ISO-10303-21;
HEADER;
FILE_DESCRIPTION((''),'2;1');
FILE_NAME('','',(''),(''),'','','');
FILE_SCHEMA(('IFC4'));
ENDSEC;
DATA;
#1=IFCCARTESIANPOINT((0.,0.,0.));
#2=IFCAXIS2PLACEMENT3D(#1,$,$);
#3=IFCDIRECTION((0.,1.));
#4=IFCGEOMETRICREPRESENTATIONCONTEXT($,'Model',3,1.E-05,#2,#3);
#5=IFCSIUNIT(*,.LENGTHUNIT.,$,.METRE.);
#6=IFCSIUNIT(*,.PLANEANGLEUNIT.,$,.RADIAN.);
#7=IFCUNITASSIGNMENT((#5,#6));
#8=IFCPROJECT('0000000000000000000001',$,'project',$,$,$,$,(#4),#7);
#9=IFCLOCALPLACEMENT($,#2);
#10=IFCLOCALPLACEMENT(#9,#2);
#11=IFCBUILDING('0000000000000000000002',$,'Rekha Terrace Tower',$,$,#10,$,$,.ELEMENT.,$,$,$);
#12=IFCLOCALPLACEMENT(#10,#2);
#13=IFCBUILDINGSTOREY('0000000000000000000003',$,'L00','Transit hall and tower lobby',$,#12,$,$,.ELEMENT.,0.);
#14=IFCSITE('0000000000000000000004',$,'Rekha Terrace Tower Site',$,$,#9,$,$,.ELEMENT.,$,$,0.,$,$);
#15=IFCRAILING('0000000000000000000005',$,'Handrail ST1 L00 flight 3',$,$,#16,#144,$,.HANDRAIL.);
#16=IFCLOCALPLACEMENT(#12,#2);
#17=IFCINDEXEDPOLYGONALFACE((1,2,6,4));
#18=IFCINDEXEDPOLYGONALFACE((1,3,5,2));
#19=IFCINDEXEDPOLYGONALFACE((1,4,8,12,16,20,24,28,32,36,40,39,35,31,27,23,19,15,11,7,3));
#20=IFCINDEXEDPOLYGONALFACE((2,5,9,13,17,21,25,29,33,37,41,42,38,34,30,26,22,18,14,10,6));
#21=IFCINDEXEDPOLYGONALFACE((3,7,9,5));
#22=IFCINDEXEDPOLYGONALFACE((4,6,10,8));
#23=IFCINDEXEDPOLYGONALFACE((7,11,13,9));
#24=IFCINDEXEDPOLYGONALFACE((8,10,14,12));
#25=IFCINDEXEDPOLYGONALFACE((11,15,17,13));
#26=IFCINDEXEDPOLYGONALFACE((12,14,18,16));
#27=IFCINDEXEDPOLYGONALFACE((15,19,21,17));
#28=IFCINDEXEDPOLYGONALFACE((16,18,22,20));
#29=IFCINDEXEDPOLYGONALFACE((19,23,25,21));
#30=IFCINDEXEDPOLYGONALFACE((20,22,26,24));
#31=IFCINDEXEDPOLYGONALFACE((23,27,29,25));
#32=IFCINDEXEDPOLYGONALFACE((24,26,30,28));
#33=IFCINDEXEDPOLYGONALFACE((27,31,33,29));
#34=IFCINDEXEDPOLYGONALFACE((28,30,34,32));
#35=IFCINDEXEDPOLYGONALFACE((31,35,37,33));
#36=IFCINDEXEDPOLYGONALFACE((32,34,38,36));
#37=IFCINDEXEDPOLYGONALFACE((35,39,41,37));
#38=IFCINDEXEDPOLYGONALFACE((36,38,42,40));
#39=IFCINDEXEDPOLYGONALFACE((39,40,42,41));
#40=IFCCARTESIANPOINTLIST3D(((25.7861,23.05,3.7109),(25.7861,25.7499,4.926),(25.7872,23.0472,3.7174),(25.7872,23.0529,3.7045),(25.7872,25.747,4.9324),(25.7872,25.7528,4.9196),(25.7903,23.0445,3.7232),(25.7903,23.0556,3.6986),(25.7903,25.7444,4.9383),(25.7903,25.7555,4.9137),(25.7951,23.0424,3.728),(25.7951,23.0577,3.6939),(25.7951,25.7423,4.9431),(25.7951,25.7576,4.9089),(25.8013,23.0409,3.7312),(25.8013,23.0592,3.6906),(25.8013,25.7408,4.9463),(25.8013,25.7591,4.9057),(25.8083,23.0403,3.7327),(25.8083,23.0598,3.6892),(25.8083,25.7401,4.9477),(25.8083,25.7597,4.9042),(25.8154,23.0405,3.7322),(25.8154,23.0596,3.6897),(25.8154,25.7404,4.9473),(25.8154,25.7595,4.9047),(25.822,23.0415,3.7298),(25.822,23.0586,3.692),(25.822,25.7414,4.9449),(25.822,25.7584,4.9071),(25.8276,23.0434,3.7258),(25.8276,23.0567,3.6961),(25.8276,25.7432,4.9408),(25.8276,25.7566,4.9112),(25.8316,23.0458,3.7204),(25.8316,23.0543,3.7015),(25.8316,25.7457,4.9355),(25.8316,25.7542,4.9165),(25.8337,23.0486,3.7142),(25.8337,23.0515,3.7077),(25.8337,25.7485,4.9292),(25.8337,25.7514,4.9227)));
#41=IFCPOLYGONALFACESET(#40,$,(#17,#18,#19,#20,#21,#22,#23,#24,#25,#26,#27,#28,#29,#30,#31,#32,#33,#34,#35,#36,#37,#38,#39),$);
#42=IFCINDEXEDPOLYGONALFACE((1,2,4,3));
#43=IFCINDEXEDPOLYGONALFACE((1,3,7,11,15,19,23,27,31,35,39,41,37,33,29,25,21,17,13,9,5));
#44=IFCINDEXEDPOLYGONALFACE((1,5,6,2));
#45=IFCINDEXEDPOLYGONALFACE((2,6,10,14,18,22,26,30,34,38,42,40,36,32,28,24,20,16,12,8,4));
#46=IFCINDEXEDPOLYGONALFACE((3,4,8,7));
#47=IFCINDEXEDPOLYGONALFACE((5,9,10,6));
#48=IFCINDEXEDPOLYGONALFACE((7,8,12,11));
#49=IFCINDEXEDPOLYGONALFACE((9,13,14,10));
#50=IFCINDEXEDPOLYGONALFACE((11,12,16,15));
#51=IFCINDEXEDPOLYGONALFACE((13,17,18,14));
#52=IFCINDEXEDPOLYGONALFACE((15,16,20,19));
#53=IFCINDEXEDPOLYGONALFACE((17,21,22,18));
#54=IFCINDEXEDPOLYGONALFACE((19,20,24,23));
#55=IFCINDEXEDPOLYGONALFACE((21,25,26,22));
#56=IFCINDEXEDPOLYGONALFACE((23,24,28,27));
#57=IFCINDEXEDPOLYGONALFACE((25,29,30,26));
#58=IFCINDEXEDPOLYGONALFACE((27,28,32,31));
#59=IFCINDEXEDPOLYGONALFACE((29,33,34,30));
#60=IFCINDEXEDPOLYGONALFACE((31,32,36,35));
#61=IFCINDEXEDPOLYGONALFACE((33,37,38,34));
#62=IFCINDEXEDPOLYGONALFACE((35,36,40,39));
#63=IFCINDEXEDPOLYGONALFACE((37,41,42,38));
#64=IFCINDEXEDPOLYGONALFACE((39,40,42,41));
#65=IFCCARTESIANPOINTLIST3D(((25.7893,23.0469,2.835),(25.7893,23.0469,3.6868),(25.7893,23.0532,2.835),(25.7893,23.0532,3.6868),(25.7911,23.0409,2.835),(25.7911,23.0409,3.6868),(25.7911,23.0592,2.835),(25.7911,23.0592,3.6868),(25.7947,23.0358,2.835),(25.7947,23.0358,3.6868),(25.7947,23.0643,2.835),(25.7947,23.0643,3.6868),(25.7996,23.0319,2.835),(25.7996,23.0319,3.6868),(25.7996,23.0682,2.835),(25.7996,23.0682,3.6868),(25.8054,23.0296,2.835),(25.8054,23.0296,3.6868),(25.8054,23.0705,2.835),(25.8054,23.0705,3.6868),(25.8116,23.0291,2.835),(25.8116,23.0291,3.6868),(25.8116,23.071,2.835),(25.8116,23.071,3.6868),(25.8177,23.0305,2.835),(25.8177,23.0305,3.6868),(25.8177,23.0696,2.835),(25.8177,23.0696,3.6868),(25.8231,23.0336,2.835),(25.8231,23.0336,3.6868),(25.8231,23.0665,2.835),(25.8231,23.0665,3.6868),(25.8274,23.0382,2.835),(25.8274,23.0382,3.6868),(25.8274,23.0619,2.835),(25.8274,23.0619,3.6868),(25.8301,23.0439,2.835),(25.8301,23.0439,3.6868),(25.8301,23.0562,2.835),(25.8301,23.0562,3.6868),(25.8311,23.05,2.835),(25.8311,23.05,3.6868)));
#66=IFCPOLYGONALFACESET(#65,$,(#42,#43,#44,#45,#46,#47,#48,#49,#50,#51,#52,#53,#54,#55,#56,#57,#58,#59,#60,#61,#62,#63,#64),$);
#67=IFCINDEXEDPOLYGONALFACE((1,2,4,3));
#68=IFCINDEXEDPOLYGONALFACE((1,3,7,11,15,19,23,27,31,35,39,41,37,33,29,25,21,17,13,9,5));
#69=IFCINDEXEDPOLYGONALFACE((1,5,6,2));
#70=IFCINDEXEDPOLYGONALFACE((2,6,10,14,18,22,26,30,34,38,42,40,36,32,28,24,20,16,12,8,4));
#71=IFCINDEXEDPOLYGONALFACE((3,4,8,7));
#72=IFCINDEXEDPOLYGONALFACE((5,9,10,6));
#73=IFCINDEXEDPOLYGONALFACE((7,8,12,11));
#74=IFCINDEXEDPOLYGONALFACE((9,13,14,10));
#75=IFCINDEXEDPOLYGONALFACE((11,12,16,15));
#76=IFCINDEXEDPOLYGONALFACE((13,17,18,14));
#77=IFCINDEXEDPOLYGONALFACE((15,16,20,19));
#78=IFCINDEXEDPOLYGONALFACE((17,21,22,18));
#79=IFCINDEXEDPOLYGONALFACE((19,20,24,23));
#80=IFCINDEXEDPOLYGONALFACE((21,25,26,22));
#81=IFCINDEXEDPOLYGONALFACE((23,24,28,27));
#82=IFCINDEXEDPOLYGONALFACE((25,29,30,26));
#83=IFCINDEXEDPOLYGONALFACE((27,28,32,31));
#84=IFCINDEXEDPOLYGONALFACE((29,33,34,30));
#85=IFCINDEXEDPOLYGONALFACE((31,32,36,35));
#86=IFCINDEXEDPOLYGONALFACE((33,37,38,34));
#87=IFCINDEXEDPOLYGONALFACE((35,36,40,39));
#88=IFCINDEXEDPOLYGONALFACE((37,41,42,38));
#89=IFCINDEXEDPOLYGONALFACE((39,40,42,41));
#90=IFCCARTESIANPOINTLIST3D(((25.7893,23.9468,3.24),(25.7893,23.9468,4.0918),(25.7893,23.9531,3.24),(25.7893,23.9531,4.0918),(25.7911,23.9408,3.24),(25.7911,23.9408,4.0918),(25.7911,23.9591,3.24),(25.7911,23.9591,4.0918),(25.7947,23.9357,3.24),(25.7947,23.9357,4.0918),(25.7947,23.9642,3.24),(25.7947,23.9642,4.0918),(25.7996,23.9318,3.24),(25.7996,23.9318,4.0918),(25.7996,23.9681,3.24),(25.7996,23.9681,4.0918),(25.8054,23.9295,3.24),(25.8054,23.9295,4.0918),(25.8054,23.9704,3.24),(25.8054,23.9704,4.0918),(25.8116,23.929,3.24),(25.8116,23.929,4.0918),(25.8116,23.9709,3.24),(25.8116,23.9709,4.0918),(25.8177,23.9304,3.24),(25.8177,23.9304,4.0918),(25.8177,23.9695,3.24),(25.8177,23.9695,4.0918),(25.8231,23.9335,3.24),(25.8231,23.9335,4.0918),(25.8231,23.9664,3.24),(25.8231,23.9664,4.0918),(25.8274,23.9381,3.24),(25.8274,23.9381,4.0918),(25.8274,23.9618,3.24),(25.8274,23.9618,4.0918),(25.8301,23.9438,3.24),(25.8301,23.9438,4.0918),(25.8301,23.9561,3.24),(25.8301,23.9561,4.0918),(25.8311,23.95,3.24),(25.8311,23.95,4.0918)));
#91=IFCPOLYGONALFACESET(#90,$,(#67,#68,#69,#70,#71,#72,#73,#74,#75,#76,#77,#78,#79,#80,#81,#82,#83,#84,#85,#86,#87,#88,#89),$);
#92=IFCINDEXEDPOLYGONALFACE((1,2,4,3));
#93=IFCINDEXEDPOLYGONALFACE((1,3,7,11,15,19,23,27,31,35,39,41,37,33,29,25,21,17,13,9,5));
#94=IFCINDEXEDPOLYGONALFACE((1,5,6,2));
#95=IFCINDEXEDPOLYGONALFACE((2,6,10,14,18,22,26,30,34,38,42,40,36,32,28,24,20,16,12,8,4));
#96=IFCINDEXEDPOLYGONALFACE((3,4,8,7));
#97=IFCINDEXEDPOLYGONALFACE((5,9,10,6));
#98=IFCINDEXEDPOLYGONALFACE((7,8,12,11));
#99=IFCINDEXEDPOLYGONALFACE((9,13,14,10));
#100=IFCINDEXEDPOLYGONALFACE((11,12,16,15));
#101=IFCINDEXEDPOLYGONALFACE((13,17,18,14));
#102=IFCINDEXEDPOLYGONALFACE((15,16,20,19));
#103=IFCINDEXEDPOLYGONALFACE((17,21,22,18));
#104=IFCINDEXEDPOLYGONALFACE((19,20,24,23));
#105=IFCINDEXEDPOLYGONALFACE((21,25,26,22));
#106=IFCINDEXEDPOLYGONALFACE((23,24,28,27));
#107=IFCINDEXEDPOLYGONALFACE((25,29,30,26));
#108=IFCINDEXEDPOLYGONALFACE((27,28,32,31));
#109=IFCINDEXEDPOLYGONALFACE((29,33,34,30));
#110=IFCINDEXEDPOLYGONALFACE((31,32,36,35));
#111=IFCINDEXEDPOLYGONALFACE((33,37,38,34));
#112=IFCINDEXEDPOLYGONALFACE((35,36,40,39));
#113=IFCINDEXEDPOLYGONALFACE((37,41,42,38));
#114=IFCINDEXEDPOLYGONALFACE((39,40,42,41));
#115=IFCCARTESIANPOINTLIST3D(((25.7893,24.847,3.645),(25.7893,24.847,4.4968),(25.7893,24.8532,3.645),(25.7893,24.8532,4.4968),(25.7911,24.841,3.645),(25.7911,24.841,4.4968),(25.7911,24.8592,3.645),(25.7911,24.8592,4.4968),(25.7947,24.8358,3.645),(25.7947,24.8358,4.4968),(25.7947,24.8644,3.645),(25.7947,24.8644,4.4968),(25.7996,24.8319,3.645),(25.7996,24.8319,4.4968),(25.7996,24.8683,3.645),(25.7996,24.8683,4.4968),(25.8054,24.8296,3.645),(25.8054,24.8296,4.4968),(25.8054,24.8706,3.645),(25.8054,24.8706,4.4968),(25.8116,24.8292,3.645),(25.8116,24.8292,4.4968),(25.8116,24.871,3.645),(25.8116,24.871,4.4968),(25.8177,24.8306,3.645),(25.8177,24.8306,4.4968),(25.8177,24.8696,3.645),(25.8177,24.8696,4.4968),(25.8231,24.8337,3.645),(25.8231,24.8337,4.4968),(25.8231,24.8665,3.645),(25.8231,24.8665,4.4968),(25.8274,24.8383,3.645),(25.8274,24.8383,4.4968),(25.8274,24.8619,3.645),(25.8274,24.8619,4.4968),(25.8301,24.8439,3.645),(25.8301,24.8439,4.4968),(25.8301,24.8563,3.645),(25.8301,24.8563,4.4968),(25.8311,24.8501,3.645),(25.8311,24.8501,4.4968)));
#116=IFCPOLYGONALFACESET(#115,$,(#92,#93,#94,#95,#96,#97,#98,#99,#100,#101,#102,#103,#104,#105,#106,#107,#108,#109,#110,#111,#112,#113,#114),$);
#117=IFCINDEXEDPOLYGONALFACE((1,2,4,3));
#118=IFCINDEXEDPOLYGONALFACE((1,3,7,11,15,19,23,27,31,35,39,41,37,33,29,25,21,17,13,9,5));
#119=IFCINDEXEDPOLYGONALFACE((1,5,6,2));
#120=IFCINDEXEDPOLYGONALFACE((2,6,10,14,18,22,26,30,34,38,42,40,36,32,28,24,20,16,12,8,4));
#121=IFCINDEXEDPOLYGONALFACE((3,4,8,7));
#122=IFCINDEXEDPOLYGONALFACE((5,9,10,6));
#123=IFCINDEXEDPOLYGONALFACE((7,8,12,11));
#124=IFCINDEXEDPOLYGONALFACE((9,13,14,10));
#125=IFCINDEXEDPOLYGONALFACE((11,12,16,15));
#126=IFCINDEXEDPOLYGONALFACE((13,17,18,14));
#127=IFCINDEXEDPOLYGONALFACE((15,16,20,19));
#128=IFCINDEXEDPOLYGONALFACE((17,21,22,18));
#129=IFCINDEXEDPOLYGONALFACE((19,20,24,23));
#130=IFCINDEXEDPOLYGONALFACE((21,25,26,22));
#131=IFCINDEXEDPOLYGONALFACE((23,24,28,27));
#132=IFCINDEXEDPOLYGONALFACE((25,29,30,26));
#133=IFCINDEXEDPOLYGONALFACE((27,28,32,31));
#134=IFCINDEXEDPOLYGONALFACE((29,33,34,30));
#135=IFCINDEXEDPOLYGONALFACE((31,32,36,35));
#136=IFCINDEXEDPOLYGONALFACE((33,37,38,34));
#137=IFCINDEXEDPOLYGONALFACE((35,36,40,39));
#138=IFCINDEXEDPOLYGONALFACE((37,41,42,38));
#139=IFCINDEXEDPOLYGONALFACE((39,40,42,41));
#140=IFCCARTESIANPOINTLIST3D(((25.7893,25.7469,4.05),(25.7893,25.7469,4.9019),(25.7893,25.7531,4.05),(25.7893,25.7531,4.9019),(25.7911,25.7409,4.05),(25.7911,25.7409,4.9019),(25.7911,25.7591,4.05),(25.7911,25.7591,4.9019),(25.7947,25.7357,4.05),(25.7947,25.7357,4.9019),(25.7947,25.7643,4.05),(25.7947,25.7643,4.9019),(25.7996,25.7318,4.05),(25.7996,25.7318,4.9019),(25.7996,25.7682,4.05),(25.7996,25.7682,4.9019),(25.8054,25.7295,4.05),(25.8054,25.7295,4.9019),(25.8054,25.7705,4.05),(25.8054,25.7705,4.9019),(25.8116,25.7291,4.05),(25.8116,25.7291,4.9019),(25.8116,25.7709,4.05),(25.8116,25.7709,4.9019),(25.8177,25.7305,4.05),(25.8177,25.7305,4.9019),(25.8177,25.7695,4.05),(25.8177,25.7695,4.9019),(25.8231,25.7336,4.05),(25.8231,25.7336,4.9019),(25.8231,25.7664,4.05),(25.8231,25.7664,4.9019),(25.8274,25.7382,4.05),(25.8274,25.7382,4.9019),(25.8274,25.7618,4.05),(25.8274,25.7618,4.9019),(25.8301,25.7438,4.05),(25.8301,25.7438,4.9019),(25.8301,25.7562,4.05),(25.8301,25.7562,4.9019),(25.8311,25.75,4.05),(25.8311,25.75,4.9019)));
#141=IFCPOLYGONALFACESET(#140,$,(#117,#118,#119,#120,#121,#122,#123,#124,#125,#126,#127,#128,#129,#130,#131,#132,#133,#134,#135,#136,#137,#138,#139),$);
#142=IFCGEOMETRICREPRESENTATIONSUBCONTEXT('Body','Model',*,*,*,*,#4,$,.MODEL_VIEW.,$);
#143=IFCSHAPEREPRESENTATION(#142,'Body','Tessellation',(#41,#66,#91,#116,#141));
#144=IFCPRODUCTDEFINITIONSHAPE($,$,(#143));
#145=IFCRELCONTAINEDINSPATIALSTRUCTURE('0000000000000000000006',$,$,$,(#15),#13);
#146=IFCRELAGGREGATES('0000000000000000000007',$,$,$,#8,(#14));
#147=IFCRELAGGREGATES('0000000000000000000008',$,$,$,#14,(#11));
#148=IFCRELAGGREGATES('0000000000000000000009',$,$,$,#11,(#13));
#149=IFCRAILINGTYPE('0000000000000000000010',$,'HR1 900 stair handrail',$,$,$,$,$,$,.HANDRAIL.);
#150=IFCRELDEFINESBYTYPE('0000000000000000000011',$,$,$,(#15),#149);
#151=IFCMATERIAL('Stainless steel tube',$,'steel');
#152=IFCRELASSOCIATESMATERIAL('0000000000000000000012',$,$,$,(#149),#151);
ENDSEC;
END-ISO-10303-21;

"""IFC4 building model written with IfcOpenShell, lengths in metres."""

from ifc_helpers import new_model, si_unit, direction, frame, origin, origin_2d, place, context, subcontext, project, spatial, circle, extrude, material, type_object, element, save


model = new_model("IFC4")

# Units and contexts
model_context = context("Model", 3, precision=1e-05, world=origin(), true_north=direction((0.0, 1.0)))
body_context = subcontext(model_context, "Body", "Model", "MODEL_VIEW")
ifc_project = project(units=[si_unit("LENGTHUNIT", "METRE"), si_unit("PLANEANGLEUNIT", "RADIAN")], contexts=[model_context])

# Site, building, storey
site_placement = place(None, origin())
site = spatial("IfcSite", under=ifc_project, at=site_placement, Name="Rekha Terrace Tower Site", CompositionType="ELEMENT", RefElevation=0.0)
building_placement = place(site_placement, origin())
building = spatial("IfcBuilding", under=site, at=building_placement, Name="Rekha Terrace Tower", CompositionType="ELEMENT")
storey_placement = place(building_placement, origin())
storey = spatial("IfcBuildingStorey", under=building, at=storey_placement, Name="L00", Description="Transit hall and tower lobby", CompositionType="ELEMENT", Elevation=0.0)

# Railing
ifc_material_1 = material(Name="Stainless steel tube", Category="steel")
railing_type_1 = type_object("IfcRailingType", Name="HR1 900 stair handrail", PredefinedType="HANDRAIL", material=ifc_material_1)
railing_1_placement = place(storey_placement, frame((25.8101, 23.05, 2.835)))
element("IfcRailing", 1, at=railing_1_placement, inside=storey, type_object=railing_type_1, Name="Handrail ST1 L00 flight 3", PredefinedType="HANDRAIL", context=body_context, shape_type="SweptSolid", body=[
    extrude(circle(Radius=0.0239, at=origin_2d()), frame((0.0, 0.0, 0.876), z_axis=(0.0, 0.911908, 0.410396), x_axis=(-1.0, 0.0, 0.0)), (0.0, 0.0, 1.0), 2.9607),
    extrude(circle(Radius=0.021, at=origin_2d()), origin(), (0.0, 0.0, 1.0), 0.8518),
    extrude(circle(Radius=0.021, at=origin_2d()), frame((0.0, 0.8999, 0.405)), (0.0, 0.0, 1.0), 0.8518),
    extrude(circle(Radius=0.021, at=origin_2d()), frame((0.0, 1.8, 0.8101)), (0.0, 0.0, 1.0), 0.8518),
    extrude(circle(Radius=0.021, at=origin_2d()), frame((0.0, 2.7, 1.2151)), (0.0, 0.0, 1.0), 0.8518),
])

save(model, "model.ifc")
